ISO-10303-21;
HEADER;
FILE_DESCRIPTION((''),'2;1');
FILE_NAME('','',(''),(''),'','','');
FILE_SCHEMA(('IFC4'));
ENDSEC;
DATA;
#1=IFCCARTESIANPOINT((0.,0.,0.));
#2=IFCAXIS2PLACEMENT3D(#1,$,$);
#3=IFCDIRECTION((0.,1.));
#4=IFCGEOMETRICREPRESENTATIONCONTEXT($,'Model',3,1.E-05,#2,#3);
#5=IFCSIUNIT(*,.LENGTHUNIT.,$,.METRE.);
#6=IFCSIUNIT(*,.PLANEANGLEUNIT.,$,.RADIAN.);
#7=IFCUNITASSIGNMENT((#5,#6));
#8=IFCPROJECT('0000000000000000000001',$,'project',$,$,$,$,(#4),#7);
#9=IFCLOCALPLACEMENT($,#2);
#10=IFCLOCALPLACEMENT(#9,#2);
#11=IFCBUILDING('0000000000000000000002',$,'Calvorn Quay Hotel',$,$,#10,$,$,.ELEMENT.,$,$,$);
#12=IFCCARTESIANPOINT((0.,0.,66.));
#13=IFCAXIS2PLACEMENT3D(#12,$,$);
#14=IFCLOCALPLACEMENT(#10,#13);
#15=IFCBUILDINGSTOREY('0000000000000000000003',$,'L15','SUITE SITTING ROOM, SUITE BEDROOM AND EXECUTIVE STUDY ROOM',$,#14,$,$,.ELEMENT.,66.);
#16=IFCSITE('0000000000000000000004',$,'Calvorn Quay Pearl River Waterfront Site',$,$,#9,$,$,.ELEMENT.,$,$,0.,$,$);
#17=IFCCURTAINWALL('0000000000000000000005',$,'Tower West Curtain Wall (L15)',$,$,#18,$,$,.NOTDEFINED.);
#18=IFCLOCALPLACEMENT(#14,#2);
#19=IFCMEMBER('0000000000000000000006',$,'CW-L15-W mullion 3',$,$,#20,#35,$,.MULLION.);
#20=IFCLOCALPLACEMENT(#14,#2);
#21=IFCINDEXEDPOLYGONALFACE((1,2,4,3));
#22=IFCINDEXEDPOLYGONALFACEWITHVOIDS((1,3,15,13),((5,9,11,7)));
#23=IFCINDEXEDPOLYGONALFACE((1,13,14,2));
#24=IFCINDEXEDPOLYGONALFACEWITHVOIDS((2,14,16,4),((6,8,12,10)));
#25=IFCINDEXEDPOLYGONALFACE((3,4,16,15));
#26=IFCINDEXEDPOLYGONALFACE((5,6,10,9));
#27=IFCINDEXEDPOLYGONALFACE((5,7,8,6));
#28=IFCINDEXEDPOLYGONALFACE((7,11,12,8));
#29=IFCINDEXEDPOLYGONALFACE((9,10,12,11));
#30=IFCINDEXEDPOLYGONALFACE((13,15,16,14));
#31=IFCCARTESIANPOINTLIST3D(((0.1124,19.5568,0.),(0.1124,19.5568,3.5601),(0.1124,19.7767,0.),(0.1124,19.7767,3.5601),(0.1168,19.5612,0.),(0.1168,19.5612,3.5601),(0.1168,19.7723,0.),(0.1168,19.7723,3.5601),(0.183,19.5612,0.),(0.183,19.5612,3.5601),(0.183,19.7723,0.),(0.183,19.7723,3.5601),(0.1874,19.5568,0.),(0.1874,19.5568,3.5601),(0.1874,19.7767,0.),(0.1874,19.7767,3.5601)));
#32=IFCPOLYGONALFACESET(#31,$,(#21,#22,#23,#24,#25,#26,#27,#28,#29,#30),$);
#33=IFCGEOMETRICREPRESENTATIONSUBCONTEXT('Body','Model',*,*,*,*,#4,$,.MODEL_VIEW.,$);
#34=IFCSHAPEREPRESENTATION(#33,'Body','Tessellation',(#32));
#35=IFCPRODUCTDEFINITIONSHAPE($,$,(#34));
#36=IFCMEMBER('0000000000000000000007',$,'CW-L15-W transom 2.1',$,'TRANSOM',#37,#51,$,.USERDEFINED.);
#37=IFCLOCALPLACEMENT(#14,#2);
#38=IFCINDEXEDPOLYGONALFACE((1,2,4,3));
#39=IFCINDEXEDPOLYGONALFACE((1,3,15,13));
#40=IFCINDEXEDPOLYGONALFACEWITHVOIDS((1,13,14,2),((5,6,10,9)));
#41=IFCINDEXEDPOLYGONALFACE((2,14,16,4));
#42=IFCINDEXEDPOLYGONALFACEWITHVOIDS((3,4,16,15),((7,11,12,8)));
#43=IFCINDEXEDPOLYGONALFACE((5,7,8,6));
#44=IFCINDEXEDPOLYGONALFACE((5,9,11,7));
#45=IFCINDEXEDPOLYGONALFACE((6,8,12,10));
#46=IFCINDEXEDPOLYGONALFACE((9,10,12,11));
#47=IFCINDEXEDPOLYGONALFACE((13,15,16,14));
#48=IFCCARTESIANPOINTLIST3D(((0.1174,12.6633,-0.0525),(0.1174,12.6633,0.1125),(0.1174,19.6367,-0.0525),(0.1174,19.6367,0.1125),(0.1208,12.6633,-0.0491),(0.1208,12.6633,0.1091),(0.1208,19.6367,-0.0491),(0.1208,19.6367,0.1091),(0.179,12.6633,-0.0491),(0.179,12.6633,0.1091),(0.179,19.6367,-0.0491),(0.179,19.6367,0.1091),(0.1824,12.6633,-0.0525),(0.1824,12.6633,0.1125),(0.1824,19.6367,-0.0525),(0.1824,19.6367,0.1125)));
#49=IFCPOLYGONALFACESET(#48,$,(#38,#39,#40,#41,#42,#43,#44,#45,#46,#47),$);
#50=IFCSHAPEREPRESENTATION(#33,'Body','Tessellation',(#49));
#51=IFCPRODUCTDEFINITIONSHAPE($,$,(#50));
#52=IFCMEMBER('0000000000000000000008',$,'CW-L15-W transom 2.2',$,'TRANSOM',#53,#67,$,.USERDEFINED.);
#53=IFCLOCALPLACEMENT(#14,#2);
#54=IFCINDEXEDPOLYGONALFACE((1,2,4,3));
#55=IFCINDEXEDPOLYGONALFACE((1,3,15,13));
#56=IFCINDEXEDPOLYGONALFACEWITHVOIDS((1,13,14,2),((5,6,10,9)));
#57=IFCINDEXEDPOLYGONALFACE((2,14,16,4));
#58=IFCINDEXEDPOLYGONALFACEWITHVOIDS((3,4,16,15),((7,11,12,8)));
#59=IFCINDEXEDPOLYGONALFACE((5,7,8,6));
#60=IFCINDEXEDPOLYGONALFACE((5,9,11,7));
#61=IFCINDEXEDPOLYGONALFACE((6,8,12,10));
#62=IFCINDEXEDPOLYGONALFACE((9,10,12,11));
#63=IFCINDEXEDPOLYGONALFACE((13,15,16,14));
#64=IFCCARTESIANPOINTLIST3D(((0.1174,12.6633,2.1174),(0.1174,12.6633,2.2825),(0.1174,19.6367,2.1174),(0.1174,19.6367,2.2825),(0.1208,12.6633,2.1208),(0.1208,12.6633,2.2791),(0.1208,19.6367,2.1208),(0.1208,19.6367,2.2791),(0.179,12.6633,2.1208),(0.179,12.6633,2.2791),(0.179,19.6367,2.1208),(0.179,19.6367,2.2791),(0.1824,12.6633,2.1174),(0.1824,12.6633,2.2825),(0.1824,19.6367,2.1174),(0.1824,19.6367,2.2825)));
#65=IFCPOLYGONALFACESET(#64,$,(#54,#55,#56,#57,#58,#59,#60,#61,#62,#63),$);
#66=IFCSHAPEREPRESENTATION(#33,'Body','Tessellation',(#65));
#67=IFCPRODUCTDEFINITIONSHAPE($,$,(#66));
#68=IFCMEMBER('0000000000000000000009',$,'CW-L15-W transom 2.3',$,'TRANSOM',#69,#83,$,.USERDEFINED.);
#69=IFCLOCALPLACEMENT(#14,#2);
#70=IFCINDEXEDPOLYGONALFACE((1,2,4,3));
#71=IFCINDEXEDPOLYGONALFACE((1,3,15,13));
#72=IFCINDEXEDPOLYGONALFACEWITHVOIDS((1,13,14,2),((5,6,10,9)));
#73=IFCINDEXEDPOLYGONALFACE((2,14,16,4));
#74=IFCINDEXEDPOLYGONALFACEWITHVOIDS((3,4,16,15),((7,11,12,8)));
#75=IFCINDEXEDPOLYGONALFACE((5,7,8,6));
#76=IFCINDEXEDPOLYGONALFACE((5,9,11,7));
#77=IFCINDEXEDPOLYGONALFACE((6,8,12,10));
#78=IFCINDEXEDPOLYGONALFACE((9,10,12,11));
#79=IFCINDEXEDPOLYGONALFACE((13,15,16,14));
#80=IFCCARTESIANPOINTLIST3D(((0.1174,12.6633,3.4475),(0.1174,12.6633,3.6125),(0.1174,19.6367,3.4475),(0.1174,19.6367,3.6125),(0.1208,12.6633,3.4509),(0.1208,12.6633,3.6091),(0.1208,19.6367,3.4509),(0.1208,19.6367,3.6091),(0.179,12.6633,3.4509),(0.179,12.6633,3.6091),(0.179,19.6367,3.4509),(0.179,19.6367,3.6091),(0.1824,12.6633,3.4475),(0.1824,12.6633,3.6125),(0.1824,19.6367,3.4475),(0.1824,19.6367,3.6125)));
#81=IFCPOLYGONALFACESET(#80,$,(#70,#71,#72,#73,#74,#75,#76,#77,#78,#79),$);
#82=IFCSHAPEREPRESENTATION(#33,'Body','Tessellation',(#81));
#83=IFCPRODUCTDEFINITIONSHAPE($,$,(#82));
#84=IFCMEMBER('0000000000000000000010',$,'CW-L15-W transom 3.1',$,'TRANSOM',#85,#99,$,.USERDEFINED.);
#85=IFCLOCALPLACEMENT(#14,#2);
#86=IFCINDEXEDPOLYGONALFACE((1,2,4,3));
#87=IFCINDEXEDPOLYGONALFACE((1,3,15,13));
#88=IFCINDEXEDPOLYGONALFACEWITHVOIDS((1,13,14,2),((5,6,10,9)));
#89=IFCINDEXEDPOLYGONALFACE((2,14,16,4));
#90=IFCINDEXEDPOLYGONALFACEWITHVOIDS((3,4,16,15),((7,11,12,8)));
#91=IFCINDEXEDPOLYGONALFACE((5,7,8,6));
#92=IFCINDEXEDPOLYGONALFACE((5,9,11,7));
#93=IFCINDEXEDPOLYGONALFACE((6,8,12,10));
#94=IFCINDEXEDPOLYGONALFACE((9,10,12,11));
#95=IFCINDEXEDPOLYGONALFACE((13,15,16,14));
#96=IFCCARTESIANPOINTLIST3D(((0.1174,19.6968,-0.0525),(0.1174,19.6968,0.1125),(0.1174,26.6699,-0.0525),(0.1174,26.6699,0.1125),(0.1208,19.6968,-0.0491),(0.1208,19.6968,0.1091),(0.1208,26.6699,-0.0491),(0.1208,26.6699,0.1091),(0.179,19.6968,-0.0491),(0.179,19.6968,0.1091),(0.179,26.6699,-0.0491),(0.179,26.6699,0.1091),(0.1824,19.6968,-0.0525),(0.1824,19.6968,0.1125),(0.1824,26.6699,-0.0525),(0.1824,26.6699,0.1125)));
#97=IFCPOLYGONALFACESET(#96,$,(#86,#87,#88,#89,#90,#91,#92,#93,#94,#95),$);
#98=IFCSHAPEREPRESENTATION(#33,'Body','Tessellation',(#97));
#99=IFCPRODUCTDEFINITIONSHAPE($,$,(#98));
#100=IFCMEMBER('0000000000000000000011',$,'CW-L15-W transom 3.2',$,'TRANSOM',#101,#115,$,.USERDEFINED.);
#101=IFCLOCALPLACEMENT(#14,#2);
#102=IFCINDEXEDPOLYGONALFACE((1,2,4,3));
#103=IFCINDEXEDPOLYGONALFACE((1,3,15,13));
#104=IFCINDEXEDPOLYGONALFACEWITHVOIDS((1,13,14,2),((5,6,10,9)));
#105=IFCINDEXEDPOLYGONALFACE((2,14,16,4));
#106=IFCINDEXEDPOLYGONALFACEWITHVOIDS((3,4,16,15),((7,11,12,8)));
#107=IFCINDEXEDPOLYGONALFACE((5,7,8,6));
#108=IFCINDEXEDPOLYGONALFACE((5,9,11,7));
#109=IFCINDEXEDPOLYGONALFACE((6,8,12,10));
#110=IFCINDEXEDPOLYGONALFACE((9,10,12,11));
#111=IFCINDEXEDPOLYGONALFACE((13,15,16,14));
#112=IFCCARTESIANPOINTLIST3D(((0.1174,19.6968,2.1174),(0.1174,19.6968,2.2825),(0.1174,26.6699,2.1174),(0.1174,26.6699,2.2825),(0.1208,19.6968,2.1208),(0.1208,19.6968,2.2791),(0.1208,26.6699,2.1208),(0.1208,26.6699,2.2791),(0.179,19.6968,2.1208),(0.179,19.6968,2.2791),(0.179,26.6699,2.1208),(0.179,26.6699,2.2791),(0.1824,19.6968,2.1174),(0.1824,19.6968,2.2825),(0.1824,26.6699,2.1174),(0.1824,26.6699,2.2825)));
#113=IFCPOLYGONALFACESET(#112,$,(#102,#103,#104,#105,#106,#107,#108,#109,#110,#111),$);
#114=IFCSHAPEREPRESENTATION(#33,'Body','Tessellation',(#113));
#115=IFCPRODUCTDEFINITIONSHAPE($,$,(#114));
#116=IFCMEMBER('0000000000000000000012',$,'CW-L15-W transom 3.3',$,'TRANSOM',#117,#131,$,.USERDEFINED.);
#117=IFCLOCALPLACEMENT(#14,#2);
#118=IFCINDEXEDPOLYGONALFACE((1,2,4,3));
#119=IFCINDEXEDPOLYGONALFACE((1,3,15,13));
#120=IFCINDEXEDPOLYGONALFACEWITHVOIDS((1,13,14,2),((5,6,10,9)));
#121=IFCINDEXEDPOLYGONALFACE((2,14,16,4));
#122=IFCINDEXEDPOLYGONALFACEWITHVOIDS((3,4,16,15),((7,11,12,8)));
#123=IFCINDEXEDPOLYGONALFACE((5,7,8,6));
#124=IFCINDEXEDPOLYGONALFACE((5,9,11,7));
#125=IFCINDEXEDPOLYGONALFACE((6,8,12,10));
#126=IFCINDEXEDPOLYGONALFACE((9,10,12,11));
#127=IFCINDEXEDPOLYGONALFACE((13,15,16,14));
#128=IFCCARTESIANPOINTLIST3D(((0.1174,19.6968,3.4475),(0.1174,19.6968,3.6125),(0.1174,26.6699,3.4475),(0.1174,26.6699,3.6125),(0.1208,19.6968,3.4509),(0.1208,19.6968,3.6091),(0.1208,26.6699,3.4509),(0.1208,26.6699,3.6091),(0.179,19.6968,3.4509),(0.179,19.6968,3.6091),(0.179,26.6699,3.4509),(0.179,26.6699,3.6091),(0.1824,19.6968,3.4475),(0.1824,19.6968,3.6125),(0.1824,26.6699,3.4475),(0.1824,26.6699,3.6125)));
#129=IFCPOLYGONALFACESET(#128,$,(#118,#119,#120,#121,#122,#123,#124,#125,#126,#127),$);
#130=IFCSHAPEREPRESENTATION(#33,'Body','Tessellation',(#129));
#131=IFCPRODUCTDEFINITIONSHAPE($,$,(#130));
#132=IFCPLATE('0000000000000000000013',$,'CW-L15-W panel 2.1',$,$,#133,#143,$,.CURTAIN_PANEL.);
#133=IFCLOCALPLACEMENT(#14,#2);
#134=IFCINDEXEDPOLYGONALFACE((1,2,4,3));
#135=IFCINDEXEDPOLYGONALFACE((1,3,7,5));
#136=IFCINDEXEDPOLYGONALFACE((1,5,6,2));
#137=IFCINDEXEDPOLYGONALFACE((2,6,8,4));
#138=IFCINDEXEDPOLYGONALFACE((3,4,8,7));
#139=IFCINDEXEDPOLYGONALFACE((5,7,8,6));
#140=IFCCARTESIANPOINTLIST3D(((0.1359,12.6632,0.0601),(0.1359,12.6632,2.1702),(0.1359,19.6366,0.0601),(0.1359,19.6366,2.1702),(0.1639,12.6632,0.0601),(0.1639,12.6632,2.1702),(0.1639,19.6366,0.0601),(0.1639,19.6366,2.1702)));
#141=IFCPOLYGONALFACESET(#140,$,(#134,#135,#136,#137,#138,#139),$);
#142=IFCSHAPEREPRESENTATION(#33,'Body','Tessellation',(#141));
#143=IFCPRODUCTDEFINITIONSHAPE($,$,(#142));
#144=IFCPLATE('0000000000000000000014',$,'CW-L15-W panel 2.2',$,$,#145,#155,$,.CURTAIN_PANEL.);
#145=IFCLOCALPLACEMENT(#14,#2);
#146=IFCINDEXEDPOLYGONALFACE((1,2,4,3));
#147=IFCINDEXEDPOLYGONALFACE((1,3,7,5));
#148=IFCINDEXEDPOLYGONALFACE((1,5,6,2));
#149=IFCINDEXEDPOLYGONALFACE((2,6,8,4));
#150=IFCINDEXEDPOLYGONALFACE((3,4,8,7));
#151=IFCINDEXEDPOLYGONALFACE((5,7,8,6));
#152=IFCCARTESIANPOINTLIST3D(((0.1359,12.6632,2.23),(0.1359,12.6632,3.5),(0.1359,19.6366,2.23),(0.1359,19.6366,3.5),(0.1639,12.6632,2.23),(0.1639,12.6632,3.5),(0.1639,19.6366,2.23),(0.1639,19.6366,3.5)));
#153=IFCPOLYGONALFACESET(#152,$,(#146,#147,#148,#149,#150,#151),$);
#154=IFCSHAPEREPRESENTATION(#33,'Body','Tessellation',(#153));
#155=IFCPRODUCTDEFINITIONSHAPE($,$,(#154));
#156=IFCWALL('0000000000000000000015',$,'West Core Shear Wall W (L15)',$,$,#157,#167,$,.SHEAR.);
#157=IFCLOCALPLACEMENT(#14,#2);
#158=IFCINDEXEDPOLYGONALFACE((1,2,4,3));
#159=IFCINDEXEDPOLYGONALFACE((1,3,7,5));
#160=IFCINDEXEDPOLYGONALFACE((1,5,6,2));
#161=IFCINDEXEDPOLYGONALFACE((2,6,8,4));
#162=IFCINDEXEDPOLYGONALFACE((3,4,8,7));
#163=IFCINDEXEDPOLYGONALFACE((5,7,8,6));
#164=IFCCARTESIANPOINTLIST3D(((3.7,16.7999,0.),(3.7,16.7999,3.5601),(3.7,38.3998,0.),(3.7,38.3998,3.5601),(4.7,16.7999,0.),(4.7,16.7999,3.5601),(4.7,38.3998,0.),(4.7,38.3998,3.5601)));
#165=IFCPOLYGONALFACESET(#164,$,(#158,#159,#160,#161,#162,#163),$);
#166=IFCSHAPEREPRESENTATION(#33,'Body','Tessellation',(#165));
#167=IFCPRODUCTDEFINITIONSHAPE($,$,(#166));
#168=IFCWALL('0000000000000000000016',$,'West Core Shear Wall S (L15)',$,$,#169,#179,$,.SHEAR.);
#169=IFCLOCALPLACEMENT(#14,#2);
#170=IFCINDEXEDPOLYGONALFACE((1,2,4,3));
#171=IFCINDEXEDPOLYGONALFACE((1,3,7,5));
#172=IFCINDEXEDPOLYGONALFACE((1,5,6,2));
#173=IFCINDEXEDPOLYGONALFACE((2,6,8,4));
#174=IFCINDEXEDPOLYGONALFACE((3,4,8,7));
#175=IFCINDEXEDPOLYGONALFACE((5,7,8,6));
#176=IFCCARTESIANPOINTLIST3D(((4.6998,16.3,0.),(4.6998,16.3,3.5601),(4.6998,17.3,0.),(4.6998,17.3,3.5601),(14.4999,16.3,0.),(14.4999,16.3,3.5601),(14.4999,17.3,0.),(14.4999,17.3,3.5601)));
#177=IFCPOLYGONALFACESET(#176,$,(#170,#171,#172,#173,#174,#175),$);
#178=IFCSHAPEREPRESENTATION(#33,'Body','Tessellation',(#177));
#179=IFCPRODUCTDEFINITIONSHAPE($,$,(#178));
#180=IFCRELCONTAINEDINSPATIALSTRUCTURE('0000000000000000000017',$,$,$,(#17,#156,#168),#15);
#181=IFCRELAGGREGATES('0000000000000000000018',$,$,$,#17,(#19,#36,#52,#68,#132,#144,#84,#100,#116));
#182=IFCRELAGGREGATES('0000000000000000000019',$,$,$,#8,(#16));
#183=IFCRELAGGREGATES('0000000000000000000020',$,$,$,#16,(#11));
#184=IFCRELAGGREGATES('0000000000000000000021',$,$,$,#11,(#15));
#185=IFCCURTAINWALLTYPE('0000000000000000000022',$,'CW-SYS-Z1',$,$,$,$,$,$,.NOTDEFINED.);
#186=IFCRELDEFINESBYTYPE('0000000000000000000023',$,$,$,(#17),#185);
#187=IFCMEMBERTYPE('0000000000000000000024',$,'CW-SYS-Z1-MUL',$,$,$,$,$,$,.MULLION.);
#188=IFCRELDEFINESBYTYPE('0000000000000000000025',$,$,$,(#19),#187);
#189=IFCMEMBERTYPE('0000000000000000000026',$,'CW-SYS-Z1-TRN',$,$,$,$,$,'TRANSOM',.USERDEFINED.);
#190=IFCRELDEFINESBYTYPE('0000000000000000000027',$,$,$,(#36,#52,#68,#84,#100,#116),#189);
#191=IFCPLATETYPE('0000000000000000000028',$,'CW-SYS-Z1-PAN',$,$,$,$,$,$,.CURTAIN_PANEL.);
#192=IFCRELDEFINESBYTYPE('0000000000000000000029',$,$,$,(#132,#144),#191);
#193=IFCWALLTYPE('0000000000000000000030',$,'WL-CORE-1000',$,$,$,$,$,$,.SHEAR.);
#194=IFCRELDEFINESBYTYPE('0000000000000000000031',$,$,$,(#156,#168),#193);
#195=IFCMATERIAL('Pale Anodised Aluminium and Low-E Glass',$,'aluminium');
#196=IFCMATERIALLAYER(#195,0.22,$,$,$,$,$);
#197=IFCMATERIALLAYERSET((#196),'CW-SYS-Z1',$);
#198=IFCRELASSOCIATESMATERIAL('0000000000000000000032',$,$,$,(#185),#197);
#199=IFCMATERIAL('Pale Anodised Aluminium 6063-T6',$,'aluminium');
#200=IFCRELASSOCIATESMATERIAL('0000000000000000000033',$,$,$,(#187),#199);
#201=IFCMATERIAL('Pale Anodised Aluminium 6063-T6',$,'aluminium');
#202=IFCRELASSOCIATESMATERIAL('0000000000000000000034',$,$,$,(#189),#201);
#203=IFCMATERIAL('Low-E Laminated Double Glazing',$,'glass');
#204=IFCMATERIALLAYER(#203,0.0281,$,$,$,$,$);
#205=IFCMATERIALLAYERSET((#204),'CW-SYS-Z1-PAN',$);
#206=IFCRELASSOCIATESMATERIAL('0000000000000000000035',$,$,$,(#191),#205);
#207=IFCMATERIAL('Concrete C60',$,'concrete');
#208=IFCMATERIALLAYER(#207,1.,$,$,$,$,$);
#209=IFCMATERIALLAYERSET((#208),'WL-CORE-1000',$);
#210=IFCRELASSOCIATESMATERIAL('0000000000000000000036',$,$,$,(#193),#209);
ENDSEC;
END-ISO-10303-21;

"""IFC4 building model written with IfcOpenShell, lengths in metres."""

from ifc_helpers import new_model, si_unit, direction, frame, frame_2d, origin, origin_2d, place, context, subcontext, project, spatial, rectangle, hollow_rectangle, extrude, material, layer, layer_set, material_profile, profile_set, type_object, element, aggregate, save


model = new_model("IFC4")

# Units and contexts
model_context = context("Model", 3, precision=1e-05, world=origin(), true_north=direction((0.0, 1.0)))
body_context = subcontext(model_context, "Body", "Model", "MODEL_VIEW")
ifc_project = project(units=[si_unit("LENGTHUNIT", "METRE"), si_unit("PLANEANGLEUNIT", "RADIAN")], contexts=[model_context])

# Site, building, storey
site_placement = place(None, origin())
site = spatial("IfcSite", under=ifc_project, at=site_placement, Name="Calvorn Quay Pearl River Waterfront Site", CompositionType="ELEMENT", RefElevation=0.0)
building_placement = place(site_placement, origin())
building = spatial("IfcBuilding", under=site, at=building_placement, Name="Calvorn Quay Hotel", CompositionType="ELEMENT")
storey_placement = place(building_placement, frame((0.0, 0.0, 66.0)))
storey = spatial("IfcBuildingStorey", under=building, at=storey_placement, Name="L15", Description="SUITE SITTING ROOM, SUITE BEDROOM AND EXECUTIVE STUDY ROOM", CompositionType="ELEMENT", Elevation=66.0)

# Curtain wall, members, plates
ifc_material_1 = material(Name="Pale Anodised Aluminium and Low-E Glass", Category="aluminium")
ifc_layer_1 = layer(ifc_material_1, 0.22)
ifc_layer_set_1 = layer_set([ifc_layer_1], Name="CW-SYS-Z1")
curtain_wall_type = type_object("IfcCurtainWallType", Name="CW-SYS-Z1", PredefinedType="NOTDEFINED", material=ifc_layer_set_1)
curtain_wall_placement = place(storey_placement, origin())
curtain_wall = element("IfcCurtainWall", 1, at=curtain_wall_placement, inside=storey, type_object=curtain_wall_type, Name="Tower West Curtain Wall (L15)", PredefinedType="NOTDEFINED")
ifc_material_2 = material(Name="Pale Anodised Aluminium 6063-T6", Category="aluminium")
ifc_material_profile_1 = material_profile(ifc_material_2, hollow_rectangle(XDim=0.075, YDim=0.22, WallThickness=0.0044, at=origin_2d()), Name="ALU-M220x75x4.5")
ifc_profile_set_1 = profile_set([ifc_material_profile_1], Name="Pale Anodised Aluminium 6063-T6")
member_type_1 = type_object("IfcMemberType", Name="CW-SYS-Z1-MUL", PredefinedType="MULLION", material=ifc_profile_set_1)
member_1_placement = place(storey_placement, frame((0.1499, 19.6667, 0.0), z_axis=(0.0, 0.0, 1.0), x_axis=(-1.0, 0.0, 0.0)))
member_1 = element("IfcMember", 2, at=member_1_placement, type_object=member_type_1, Name="CW-L15-W mullion 3", PredefinedType="MULLION", context=body_context, shape_type="SweptSolid", body=[
    extrude(hollow_rectangle(XDim=0.075, YDim=0.22, WallThickness=0.0044, at=origin_2d()), origin(), (0.0, 0.0, 1.0), 3.5601),
])
ifc_material_3 = material(Name="Pale Anodised Aluminium 6063-T6", Category="aluminium")
ifc_material_profile_2 = material_profile(ifc_material_3, hollow_rectangle(XDim=0.0649, YDim=0.165, WallThickness=0.0034, at=origin_2d()), Name="ALU-T165x65x3.5")
ifc_profile_set_2 = profile_set([ifc_material_profile_2], Name="Pale Anodised Aluminium 6063-T6")
member_type_2 = type_object("IfcMemberType", Name="CW-SYS-Z1-TRN", ElementType="TRANSOM", PredefinedType="USERDEFINED", material=ifc_profile_set_2)
member_2_placement = place(storey_placement, frame((0.1499, 12.6633, 0.03), z_axis=(0.0, 1.0, 0.0), x_axis=(-1.0, 0.0, 0.0)))
member_2 = element("IfcMember", 3, at=member_2_placement, type_object=member_type_2, Name="CW-L15-W transom 2.1", ObjectType="TRANSOM", PredefinedType="USERDEFINED", context=body_context, shape_type="SweptSolid", body=[
    extrude(hollow_rectangle(XDim=0.0649, YDim=0.165, WallThickness=0.0034, at=origin_2d()), origin(), (0.0, 0.0, 1.0), 6.9734),
])
member_3_placement = place(storey_placement, frame((0.1499, 12.6633, 2.2), z_axis=(0.0, 1.0, 0.0), x_axis=(-1.0, 0.0, 0.0)))
member_3 = element("IfcMember", 4, at=member_3_placement, type_object=member_type_2, Name="CW-L15-W transom 2.2", ObjectType="TRANSOM", PredefinedType="USERDEFINED", context=body_context, shape_type="SweptSolid", body=[
    extrude(hollow_rectangle(XDim=0.0649, YDim=0.165, WallThickness=0.0034, at=origin_2d()), origin(), (0.0, 0.0, 1.0), 6.9734),
])
member_4_placement = place(storey_placement, frame((0.1499, 12.6633, 3.53), z_axis=(0.0, 1.0, 0.0), x_axis=(-1.0, 0.0, 0.0)))
member_4 = element("IfcMember", 5, at=member_4_placement, type_object=member_type_2, Name="CW-L15-W transom 2.3", ObjectType="TRANSOM", PredefinedType="USERDEFINED", context=body_context, shape_type="SweptSolid", body=[
    extrude(hollow_rectangle(XDim=0.0649, YDim=0.165, WallThickness=0.0034, at=origin_2d()), origin(), (0.0, 0.0, 1.0), 6.9734),
])
member_5_placement = place(storey_placement, frame((0.1499, 19.6968, 0.03), z_axis=(0.0, 1.0, 0.0), x_axis=(-1.0, 0.0, 0.0)))
member_5 = element("IfcMember", 6, at=member_5_placement, type_object=member_type_2, Name="CW-L15-W transom 3.1", ObjectType="TRANSOM", PredefinedType="USERDEFINED", context=body_context, shape_type="SweptSolid", body=[
    extrude(hollow_rectangle(XDim=0.0649, YDim=0.165, WallThickness=0.0034, at=origin_2d()), origin(), (0.0, 0.0, 1.0), 6.9731),
])
member_6_placement = place(storey_placement, frame((0.1499, 19.6968, 2.2), z_axis=(0.0, 1.0, 0.0), x_axis=(-1.0, 0.0, 0.0)))
member_6 = element("IfcMember", 7, at=member_6_placement, type_object=member_type_2, Name="CW-L15-W transom 3.2", ObjectType="TRANSOM", PredefinedType="USERDEFINED", context=body_context, shape_type="SweptSolid", body=[
    extrude(hollow_rectangle(XDim=0.0649, YDim=0.165, WallThickness=0.0034, at=origin_2d()), origin(), (0.0, 0.0, 1.0), 6.9731),
])
member_7_placement = place(storey_placement, frame((0.1499, 19.6968, 3.53), z_axis=(0.0, 1.0, 0.0), x_axis=(-1.0, 0.0, 0.0)))
member_7 = element("IfcMember", 8, at=member_7_placement, type_object=member_type_2, Name="CW-L15-W transom 3.3", ObjectType="TRANSOM", PredefinedType="USERDEFINED", context=body_context, shape_type="SweptSolid", body=[
    extrude(hollow_rectangle(XDim=0.0649, YDim=0.165, WallThickness=0.0034, at=origin_2d()), origin(), (0.0, 0.0, 1.0), 6.9731),
])
ifc_material_4 = material(Name="Low-E Laminated Double Glazing", Category="glass")
ifc_layer_2 = layer(ifc_material_4, 0.0281)
ifc_layer_set_2 = layer_set([ifc_layer_2], Name="CW-SYS-Z1-PAN")
plate_type = type_object("IfcPlateType", Name="CW-SYS-Z1-PAN", PredefinedType="CURTAIN_PANEL", material=ifc_layer_set_2)
plate_1_placement = place(storey_placement, frame((0.1499, 16.1499, 0.0601), z_axis=(0.0, 0.0, 1.0), x_axis=(0.0, 1.0, 0.0)))
plate_1 = element("IfcPlate", 9, at=plate_1_placement, type_object=plate_type, Name="CW-L15-W panel 2.1", PredefinedType="CURTAIN_PANEL", context=body_context, shape_type="SweptSolid", body=[
    extrude(rectangle(XDim=6.9734, YDim=0.0281, at=origin_2d()), origin(), (0.0, 0.0, 1.0), 2.1101),
])
plate_2_placement = place(storey_placement, frame((0.1499, 16.1499, 2.23), z_axis=(0.0, 0.0, 1.0), x_axis=(0.0, 1.0, 0.0)))
plate_2 = element("IfcPlate", 10, at=plate_2_placement, type_object=plate_type, Name="CW-L15-W panel 2.2", PredefinedType="CURTAIN_PANEL", context=body_context, shape_type="SweptSolid", body=[
    extrude(rectangle(XDim=6.9734, YDim=0.0281, at=origin_2d()), origin(), (0.0, 0.0, 1.0), 1.27),
])
aggregate(curtain_wall, [member_1, member_2, member_3, member_4, plate_1, plate_2, member_5, member_6, member_7])

# Walls
ifc_material_5 = material(Name="Concrete C60", Category="concrete")
ifc_layer_3 = layer(ifc_material_5, 1.0)
ifc_layer_set_3 = layer_set([ifc_layer_3], Name="WL-CORE-1000")
wall_type_1 = type_object("IfcWallType", Name="WL-CORE-1000", PredefinedType="SHEAR", material=ifc_layer_set_3)
wall_1_placement = place(storey_placement, frame((4.2, 16.8, 0.0), z_axis=(0.0, 0.0, 1.0), x_axis=(0.0, 1.0, 0.0)))
element("IfcWall", 11, at=wall_1_placement, inside=storey, type_object=wall_type_1, Name="West Core Shear Wall W (L15)", PredefinedType="SHEAR", context=body_context, shape_type="SweptSolid", body=[
    extrude(rectangle(XDim=21.5999, YDim=1.0, at=frame_2d((10.7998, 0.0))), origin(), (0.0, 0.0, 1.0), 3.5601),
])
wall_2_placement = place(storey_placement, frame((4.7, 16.8, 0.0), z_axis=(0.0, 0.0, 1.0), x_axis=(1.0, 0.0, 0.0)))
element("IfcWall", 12, at=wall_2_placement, inside=storey, type_object=wall_type_1, Name="West Core Shear Wall S (L15)", PredefinedType="SHEAR", context=body_context, shape_type="SweptSolid", body=[
    extrude(rectangle(XDim=9.8, YDim=1.0, at=frame_2d((4.8999, 0.0))), origin(), (0.0, 0.0, 1.0), 3.5601),
])

save(model, "model.ifc")
